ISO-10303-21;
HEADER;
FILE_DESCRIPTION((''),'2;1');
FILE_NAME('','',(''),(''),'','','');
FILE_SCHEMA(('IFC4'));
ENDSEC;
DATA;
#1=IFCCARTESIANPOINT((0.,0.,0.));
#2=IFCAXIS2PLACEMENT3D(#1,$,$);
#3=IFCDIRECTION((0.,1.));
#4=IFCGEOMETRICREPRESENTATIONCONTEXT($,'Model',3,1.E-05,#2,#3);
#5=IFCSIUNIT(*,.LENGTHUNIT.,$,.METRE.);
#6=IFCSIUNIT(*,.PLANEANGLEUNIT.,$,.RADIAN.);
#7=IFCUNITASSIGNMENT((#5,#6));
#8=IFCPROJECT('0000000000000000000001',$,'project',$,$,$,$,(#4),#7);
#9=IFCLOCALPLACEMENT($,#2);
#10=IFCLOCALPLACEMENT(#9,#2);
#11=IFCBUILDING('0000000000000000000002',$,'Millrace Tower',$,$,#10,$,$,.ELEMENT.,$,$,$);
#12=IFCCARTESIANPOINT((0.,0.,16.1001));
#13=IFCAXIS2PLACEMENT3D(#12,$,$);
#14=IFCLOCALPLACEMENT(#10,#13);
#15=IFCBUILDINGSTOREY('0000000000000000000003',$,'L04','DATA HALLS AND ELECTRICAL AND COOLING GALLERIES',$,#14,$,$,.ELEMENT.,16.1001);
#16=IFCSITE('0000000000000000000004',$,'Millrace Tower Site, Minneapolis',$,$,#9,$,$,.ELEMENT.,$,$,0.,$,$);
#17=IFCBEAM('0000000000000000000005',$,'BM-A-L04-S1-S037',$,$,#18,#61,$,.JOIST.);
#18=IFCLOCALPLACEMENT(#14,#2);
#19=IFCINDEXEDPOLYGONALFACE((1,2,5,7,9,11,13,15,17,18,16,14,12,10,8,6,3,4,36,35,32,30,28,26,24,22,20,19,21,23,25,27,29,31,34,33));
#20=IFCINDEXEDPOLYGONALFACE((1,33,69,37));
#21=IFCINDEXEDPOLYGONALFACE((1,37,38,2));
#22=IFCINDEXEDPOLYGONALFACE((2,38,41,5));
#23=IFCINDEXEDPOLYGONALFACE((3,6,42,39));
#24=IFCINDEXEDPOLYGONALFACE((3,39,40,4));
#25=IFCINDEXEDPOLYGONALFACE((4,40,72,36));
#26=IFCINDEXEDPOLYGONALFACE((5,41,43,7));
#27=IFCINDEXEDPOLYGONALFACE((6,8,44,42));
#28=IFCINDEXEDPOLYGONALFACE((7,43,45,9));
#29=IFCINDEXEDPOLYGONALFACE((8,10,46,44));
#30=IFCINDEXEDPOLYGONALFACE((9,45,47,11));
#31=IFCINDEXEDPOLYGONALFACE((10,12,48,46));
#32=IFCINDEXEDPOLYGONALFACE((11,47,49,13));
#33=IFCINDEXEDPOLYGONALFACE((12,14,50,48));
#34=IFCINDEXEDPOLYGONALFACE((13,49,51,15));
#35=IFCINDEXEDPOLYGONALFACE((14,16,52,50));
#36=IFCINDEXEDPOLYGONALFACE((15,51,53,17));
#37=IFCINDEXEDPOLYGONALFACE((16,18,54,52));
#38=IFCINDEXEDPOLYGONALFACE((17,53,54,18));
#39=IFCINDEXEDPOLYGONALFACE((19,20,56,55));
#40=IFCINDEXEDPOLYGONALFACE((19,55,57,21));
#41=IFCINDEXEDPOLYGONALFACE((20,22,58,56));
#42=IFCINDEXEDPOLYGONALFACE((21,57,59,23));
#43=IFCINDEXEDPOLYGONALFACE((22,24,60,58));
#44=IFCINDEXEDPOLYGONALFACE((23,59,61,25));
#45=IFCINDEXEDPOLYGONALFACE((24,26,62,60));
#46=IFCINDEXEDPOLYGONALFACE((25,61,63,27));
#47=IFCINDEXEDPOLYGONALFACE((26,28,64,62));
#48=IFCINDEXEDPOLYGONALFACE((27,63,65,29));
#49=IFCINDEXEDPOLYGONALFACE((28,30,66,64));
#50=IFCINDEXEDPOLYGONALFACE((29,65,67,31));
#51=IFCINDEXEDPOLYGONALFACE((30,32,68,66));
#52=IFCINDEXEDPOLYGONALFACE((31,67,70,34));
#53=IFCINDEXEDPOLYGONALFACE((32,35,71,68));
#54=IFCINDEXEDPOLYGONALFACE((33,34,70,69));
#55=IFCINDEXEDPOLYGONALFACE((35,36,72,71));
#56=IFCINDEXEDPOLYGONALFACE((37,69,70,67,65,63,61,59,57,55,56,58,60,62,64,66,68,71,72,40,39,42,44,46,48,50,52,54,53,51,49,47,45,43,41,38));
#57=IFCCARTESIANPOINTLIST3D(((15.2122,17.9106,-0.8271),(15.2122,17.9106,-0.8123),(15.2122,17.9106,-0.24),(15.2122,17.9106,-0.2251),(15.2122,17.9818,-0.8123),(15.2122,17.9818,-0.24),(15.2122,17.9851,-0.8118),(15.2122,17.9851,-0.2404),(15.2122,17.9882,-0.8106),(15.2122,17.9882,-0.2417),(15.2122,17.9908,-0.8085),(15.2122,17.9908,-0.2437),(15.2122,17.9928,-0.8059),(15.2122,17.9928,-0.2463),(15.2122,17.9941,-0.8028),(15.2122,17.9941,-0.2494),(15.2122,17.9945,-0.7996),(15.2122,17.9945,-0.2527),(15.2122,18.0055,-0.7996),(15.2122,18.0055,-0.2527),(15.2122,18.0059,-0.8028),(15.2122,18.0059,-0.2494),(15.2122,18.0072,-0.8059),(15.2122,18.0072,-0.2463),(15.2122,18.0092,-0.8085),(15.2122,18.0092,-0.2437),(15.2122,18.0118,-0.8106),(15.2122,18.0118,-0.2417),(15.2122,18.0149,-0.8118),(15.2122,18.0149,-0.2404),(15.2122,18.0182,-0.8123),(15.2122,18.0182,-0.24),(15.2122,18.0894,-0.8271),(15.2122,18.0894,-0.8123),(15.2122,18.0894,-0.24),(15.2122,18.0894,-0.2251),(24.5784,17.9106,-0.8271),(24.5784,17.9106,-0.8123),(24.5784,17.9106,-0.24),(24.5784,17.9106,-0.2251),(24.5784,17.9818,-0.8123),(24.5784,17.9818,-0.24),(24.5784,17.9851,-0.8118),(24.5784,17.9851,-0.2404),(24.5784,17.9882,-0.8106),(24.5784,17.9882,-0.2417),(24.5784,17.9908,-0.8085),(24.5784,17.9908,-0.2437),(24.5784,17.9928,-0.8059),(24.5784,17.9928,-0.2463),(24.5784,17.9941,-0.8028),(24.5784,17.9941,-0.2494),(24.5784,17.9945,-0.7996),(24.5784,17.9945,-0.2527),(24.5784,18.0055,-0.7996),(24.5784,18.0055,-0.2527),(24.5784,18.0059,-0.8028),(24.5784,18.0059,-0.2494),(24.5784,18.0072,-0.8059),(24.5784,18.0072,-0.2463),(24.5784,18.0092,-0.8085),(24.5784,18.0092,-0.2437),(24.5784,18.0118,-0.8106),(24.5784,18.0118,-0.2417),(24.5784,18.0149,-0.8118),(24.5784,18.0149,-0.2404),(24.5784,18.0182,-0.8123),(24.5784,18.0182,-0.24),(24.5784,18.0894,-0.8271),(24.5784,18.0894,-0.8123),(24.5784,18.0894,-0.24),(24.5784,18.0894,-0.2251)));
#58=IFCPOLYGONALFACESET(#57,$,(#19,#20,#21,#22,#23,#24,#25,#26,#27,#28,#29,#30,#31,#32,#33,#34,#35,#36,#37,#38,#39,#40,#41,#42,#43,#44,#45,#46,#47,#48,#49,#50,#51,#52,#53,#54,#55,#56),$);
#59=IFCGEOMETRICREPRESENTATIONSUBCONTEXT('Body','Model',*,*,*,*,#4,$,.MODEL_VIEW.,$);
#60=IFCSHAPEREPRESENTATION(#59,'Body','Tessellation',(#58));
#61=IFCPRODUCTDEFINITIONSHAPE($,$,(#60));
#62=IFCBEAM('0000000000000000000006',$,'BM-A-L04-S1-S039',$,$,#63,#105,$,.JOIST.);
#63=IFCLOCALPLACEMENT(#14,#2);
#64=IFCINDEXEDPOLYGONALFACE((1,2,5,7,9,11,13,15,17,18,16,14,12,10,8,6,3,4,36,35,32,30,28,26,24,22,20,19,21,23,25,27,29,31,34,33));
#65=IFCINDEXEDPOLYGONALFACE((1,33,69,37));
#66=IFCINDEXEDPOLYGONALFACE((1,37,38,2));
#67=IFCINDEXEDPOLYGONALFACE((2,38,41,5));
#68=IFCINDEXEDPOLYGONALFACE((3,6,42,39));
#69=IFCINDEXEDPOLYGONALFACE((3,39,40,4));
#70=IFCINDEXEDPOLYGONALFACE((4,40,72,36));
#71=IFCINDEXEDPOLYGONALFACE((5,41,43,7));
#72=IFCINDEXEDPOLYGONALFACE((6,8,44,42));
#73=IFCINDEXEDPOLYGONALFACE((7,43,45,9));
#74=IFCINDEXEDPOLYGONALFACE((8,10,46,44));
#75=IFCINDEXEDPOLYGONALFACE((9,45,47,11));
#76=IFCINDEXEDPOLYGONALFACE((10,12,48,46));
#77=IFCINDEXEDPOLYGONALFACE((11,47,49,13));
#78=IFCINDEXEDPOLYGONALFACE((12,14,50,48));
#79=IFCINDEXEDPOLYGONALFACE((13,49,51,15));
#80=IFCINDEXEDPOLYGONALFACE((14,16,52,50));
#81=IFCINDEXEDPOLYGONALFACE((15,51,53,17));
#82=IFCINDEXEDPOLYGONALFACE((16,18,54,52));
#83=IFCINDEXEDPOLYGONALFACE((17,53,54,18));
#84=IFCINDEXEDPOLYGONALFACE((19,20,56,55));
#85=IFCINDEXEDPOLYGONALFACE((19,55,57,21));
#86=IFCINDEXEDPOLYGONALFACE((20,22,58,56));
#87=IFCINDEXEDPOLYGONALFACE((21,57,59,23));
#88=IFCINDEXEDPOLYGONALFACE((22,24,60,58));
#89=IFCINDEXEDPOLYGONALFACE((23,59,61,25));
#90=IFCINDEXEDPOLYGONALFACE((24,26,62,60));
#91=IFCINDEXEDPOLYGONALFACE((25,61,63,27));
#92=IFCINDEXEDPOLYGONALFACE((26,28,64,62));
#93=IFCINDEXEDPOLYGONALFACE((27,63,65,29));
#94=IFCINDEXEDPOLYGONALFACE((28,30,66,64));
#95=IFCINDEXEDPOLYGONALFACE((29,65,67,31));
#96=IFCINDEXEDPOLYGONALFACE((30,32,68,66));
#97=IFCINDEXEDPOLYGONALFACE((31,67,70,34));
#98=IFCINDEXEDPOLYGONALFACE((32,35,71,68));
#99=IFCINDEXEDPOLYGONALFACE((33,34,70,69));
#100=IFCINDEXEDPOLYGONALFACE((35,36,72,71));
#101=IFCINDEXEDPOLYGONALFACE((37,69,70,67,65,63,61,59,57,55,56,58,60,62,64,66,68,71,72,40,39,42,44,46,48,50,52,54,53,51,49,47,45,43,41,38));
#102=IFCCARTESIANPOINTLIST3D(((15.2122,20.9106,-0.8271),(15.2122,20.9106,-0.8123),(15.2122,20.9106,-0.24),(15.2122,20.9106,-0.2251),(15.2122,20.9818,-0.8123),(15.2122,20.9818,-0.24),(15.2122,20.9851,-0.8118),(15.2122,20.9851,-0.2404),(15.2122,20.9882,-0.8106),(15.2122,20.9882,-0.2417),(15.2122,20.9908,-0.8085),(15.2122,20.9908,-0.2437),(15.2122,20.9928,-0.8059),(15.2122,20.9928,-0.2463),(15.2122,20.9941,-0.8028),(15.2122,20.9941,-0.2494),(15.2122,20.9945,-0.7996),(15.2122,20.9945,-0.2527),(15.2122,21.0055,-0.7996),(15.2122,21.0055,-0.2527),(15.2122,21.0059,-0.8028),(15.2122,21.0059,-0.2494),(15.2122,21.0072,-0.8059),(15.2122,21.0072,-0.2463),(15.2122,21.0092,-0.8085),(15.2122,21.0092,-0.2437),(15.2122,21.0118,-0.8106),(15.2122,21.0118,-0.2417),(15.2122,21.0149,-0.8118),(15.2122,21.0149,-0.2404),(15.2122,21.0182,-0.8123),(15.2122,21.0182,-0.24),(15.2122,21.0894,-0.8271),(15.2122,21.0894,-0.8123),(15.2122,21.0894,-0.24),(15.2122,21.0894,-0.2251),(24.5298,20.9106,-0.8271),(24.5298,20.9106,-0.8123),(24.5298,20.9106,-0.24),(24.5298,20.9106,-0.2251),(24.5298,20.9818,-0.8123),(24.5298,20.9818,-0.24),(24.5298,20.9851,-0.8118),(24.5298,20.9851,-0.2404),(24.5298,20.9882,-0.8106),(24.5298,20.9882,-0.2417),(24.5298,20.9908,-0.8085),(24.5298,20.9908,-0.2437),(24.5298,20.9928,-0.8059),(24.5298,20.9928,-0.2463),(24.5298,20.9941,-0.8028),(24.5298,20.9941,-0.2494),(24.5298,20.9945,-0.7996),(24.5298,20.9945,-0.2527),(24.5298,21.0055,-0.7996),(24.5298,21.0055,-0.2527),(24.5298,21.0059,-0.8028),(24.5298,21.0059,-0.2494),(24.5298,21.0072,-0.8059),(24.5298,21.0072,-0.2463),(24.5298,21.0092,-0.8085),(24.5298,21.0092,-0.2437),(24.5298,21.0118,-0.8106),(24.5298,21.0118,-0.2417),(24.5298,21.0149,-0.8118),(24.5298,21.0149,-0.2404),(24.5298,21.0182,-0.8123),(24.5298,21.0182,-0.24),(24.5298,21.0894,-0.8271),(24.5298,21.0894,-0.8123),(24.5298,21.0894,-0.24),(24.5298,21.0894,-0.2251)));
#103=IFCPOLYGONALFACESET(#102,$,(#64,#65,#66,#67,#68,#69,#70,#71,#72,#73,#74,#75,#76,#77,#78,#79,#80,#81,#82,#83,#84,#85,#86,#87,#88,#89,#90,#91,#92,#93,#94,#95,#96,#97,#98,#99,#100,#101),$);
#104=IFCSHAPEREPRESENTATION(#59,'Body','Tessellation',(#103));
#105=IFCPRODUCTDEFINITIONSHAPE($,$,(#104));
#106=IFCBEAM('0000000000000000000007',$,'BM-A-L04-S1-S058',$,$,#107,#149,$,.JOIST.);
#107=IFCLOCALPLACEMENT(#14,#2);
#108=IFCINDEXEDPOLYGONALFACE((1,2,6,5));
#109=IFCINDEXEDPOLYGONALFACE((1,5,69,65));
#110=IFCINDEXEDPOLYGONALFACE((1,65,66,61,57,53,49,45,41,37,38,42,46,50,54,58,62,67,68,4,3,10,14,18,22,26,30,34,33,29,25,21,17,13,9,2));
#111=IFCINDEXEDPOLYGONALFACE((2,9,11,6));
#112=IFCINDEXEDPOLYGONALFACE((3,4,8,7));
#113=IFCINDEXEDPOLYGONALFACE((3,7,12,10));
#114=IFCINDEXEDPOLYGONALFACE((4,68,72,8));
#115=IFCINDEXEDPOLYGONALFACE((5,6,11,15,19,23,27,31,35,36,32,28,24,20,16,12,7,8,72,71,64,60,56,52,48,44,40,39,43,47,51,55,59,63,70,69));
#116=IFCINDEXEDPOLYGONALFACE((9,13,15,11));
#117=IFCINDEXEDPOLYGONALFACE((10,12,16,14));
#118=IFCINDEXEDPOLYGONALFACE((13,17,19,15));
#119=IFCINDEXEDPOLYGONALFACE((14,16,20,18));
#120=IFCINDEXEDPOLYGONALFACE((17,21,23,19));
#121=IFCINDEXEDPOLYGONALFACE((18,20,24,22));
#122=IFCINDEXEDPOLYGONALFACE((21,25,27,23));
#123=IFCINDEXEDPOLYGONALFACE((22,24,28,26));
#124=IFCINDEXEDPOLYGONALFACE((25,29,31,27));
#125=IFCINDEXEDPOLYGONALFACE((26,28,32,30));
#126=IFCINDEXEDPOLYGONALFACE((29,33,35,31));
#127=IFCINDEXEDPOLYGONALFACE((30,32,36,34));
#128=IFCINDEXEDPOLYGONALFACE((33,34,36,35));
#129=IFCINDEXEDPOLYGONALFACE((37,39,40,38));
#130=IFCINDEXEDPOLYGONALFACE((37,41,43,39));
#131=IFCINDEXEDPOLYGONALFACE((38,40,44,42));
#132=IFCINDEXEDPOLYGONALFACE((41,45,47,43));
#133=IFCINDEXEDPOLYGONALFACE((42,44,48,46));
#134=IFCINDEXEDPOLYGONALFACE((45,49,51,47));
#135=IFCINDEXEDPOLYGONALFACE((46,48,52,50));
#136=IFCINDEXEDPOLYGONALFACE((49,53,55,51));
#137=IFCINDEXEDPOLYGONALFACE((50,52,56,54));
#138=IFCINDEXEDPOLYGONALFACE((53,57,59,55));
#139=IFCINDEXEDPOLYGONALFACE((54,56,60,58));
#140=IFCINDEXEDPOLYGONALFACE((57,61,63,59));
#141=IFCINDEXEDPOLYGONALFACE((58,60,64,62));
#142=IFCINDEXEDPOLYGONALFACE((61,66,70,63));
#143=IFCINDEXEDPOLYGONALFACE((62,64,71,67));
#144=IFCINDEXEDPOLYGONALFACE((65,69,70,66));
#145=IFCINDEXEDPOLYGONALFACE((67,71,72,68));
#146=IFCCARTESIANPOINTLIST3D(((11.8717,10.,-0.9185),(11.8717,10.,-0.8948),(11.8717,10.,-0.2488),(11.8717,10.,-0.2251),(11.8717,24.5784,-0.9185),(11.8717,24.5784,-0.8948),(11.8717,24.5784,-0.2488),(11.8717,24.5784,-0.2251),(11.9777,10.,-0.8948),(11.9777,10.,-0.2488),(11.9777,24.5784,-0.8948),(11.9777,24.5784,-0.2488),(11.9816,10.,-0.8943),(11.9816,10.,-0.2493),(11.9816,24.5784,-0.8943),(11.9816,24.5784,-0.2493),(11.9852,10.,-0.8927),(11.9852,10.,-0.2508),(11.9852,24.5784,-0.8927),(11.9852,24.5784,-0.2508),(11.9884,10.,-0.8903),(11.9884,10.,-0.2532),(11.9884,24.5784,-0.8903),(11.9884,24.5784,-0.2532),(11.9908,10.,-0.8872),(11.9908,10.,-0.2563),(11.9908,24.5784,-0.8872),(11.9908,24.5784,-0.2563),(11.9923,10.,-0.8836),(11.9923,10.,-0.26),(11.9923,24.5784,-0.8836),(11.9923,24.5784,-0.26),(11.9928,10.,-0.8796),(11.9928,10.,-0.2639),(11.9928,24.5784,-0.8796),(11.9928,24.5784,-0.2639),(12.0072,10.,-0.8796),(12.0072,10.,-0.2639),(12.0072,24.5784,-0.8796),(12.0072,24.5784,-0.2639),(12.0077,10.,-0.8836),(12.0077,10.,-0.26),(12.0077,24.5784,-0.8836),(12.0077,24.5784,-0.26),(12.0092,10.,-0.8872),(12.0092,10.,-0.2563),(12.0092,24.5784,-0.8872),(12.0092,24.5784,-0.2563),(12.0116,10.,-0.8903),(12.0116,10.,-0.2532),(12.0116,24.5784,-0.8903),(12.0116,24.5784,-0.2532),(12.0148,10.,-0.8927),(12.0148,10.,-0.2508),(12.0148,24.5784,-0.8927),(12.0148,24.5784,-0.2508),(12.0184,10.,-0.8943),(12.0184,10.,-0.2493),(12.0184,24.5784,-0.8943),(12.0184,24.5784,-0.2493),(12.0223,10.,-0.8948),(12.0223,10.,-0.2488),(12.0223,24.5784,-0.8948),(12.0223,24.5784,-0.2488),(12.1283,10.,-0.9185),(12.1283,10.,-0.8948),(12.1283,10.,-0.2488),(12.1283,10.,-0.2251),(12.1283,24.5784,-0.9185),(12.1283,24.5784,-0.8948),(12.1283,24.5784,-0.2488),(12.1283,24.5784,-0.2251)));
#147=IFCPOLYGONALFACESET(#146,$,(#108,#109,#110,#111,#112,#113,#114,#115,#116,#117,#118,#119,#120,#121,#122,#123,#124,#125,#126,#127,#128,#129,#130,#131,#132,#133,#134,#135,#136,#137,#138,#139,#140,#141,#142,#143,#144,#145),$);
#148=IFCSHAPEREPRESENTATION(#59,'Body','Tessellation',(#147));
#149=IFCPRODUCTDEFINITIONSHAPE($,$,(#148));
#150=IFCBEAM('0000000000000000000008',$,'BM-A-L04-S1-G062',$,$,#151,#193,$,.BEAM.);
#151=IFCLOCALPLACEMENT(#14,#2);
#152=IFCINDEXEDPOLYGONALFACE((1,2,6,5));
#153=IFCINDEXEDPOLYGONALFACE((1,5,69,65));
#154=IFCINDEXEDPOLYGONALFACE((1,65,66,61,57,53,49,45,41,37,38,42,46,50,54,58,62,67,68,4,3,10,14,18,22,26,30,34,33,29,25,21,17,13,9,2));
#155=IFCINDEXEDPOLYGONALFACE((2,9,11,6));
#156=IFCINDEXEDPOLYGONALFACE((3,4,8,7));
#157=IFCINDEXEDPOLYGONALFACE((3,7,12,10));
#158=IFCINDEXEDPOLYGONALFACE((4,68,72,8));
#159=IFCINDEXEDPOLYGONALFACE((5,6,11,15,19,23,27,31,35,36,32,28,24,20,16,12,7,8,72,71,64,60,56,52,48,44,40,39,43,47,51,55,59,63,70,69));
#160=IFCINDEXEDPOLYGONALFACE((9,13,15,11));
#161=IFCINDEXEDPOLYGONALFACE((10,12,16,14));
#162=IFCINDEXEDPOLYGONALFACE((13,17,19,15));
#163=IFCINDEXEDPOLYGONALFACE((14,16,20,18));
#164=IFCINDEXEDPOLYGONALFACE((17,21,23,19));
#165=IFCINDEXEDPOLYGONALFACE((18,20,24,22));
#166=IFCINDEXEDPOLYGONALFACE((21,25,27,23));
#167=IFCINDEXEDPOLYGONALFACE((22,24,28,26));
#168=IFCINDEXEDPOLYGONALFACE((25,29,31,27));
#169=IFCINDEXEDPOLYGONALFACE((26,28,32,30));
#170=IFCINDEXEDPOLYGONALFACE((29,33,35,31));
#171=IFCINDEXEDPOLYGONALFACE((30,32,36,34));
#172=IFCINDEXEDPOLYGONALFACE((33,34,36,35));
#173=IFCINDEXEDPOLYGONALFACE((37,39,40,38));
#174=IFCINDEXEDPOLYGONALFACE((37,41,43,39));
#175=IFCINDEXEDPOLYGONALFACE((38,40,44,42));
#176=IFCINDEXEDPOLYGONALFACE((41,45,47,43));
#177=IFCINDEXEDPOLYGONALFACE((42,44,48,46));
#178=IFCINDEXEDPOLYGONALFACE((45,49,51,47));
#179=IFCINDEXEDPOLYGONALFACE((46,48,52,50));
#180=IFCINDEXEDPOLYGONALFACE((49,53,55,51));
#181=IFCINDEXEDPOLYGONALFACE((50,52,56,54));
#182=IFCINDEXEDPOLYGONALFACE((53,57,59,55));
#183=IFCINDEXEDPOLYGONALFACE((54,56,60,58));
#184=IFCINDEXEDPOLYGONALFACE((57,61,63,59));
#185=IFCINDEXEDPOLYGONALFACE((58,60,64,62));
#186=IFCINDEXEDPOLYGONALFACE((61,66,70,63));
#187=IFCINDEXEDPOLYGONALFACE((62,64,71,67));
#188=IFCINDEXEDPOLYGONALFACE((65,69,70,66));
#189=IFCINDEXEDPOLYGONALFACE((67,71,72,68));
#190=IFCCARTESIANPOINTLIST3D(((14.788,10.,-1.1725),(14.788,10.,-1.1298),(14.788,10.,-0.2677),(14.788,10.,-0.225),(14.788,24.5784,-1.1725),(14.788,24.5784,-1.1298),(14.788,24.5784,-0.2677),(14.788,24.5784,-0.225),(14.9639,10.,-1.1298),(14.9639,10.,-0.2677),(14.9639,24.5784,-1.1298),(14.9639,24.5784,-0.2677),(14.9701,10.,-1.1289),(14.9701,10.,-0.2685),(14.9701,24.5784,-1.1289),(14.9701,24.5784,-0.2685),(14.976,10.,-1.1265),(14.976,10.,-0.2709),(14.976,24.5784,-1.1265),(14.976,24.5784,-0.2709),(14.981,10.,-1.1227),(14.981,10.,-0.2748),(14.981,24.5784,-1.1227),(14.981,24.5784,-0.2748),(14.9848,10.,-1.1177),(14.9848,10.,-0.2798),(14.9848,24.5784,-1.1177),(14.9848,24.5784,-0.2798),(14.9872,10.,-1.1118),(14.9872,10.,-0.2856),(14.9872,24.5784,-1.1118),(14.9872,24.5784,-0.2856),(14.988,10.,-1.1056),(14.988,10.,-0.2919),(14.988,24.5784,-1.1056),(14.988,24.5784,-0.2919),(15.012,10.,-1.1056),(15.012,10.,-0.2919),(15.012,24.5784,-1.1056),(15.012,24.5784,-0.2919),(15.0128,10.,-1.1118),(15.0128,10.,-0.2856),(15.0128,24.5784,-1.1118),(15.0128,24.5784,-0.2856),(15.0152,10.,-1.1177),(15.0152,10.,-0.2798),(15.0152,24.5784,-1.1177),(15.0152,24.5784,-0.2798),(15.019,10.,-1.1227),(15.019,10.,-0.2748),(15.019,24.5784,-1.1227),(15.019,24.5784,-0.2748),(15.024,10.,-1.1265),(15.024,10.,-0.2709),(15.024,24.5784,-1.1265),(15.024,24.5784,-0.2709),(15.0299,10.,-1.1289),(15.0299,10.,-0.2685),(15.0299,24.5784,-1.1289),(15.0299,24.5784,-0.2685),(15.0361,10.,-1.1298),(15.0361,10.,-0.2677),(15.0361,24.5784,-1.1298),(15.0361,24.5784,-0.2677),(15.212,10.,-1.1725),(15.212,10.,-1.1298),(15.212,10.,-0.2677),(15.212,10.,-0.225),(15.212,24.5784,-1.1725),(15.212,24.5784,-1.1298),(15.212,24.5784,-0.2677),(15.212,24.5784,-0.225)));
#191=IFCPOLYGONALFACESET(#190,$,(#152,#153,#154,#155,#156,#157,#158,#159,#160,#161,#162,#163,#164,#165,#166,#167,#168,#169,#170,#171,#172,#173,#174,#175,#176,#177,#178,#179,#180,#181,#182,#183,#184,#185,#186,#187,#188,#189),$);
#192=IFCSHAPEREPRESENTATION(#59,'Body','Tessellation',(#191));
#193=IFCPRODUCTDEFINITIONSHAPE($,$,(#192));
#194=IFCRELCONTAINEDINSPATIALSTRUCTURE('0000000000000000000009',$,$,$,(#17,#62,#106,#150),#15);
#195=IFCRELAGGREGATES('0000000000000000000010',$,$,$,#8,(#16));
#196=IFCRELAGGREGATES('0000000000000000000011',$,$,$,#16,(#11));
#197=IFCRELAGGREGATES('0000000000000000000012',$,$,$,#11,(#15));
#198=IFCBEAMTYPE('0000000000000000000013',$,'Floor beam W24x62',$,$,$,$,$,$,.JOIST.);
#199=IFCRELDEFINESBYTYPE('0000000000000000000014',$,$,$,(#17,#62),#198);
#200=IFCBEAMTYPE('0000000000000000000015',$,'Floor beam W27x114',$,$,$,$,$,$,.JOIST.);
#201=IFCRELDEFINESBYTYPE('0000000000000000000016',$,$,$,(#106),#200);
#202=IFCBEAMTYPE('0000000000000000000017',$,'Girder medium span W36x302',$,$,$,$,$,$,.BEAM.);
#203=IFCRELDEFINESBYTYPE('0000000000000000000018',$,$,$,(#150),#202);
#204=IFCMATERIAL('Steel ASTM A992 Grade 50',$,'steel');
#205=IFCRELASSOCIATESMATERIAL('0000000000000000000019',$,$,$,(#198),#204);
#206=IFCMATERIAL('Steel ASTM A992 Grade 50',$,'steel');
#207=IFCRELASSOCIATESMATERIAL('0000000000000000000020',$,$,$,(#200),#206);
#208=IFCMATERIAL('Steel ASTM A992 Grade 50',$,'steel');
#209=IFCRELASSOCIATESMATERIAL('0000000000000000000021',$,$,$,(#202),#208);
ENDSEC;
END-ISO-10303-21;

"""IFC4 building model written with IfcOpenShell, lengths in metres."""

from ifc_helpers import new_model, si_unit, direction, frame, origin, origin_2d, place, context, subcontext, project, spatial, i_section, extrude, material, material_profile, profile_set, type_object, element, save


model = new_model("IFC4")

# Units and contexts
model_context = context("Model", 3, precision=1e-05, world=origin(), true_north=direction((0.0, 1.0)))
body_context = subcontext(model_context, "Body", "Model", "MODEL_VIEW")
ifc_project = project(units=[si_unit("LENGTHUNIT", "METRE"), si_unit("PLANEANGLEUNIT", "RADIAN")], contexts=[model_context])

# Site, building, storey
site_placement = place(None, origin())
site = spatial("IfcSite", under=ifc_project, at=site_placement, Name="Millrace Tower Site, Minneapolis", CompositionType="ELEMENT", RefElevation=0.0)
building_placement = place(site_placement, origin())
building = spatial("IfcBuilding", under=site, at=building_placement, Name="Millrace Tower", CompositionType="ELEMENT")
storey_placement = place(building_placement, frame((0.0, 0.0, 16.1001)))
storey = spatial("IfcBuildingStorey", under=building, at=storey_placement, Name="L04", Description="DATA HALLS AND ELECTRICAL AND COOLING GALLERIES", CompositionType="ELEMENT", Elevation=16.1001)

# Beams
ifc_material_1 = material(Name="Steel ASTM A992 Grade 50", Category="steel")
ifc_material_profile_1 = material_profile(ifc_material_1, i_section(OverallWidth=0.1787, OverallDepth=0.6021, WebThickness=0.011, FlangeThickness=0.0149, FilletRadius=0.0127, at=origin_2d()))
ifc_profile_set_1 = profile_set([ifc_material_profile_1], Name="Steel ASTM A992 Grade 50")
beam_type_1 = type_object("IfcBeamType", Name="Floor beam W24x62", PredefinedType="JOIST", material=ifc_profile_set_1)
for number, where, z_axis, x_axis, name in (
    (1, (15.2122, 18.0, -0.5261), (1.0, 0.0, 0.0), (0.0, 1.0, 0.0), "BM-A-L04-S1-S037"),
):
    element("IfcBeam", number, at=place(storey_placement, frame(where, z_axis=z_axis, x_axis=x_axis)), inside=storey, type_object=beam_type_1, Name=name, PredefinedType="JOIST", context=body_context, shape_type="SweptSolid", body=[
        extrude(i_section(OverallWidth=0.1787, OverallDepth=0.6021, WebThickness=0.011, FlangeThickness=0.0149, FilletRadius=0.0127, at=origin_2d()), origin(), (0.0, 0.0, 1.0), 9.3662),
    ])
beam_1_placement = place(storey_placement, frame((15.2122, 21.0, -0.5261), z_axis=(1.0, 0.0, 0.0), x_axis=(0.0, 1.0, 0.0)))
element("IfcBeam", 2, at=beam_1_placement, inside=storey, type_object=beam_type_1, Name="BM-A-L04-S1-S039", PredefinedType="JOIST", context=body_context, shape_type="SweptSolid", body=[
    extrude(i_section(OverallWidth=0.1787, OverallDepth=0.6021, WebThickness=0.011, FlangeThickness=0.0149, FilletRadius=0.0127, at=origin_2d()), origin(), (0.0, 0.0, 1.0), 9.3176),
])
ifc_material_2 = material(Name="Steel ASTM A992 Grade 50", Category="steel")
ifc_material_profile_2 = material_profile(ifc_material_2, i_section(OverallWidth=0.2566, OverallDepth=0.6934, WebThickness=0.0144, FlangeThickness=0.0237, FilletRadius=0.0151, at=origin_2d()))
ifc_profile_set_2 = profile_set([ifc_material_profile_2], Name="Steel ASTM A992 Grade 50")
beam_type_2 = type_object("IfcBeamType", Name="Floor beam W27x114", PredefinedType="JOIST", material=ifc_profile_set_2)
beam_2_placement = place(storey_placement, frame((12.0, 10.0, -0.5718), z_axis=(0.0, 1.0, 0.0), x_axis=(-1.0, 0.0, 0.0)))
element("IfcBeam", 3, at=beam_2_placement, inside=storey, type_object=beam_type_2, Name="BM-A-L04-S1-S058", PredefinedType="JOIST", context=body_context, shape_type="SweptSolid", body=[
    extrude(i_section(OverallWidth=0.2566, OverallDepth=0.6934, WebThickness=0.0144, FlangeThickness=0.0237, FilletRadius=0.0151, at=origin_2d()), origin(), (0.0, 0.0, 1.0), 14.5784),
])
ifc_material_3 = material(Name="Steel ASTM A992 Grade 50", Category="steel")
ifc_material_profile_3 = material_profile(ifc_material_3, i_section(OverallWidth=0.4241, OverallDepth=0.9475, WebThickness=0.0239, FlangeThickness=0.0427, FilletRadius=0.0242, at=origin_2d()))
ifc_profile_set_3 = profile_set([ifc_material_profile_3], Name="Steel ASTM A992 Grade 50")
beam_type_3 = type_object("IfcBeamType", Name="Girder medium span W36x302", PredefinedType="BEAM", material=ifc_profile_set_3)
beam_3_placement = place(storey_placement, frame((15.0, 10.0, -0.6987), z_axis=(0.0, 1.0, 0.0), x_axis=(-1.0, 0.0, 0.0)))
element("IfcBeam", 4, at=beam_3_placement, inside=storey, type_object=beam_type_3, Name="BM-A-L04-S1-G062", PredefinedType="BEAM", context=body_context, shape_type="SweptSolid", body=[
    extrude(i_section(OverallWidth=0.4241, OverallDepth=0.9475, WebThickness=0.0239, FlangeThickness=0.0427, FilletRadius=0.0242, at=origin_2d()), origin(), (0.0, 0.0, 1.0), 14.5784),
])

save(model, "model.ifc")
